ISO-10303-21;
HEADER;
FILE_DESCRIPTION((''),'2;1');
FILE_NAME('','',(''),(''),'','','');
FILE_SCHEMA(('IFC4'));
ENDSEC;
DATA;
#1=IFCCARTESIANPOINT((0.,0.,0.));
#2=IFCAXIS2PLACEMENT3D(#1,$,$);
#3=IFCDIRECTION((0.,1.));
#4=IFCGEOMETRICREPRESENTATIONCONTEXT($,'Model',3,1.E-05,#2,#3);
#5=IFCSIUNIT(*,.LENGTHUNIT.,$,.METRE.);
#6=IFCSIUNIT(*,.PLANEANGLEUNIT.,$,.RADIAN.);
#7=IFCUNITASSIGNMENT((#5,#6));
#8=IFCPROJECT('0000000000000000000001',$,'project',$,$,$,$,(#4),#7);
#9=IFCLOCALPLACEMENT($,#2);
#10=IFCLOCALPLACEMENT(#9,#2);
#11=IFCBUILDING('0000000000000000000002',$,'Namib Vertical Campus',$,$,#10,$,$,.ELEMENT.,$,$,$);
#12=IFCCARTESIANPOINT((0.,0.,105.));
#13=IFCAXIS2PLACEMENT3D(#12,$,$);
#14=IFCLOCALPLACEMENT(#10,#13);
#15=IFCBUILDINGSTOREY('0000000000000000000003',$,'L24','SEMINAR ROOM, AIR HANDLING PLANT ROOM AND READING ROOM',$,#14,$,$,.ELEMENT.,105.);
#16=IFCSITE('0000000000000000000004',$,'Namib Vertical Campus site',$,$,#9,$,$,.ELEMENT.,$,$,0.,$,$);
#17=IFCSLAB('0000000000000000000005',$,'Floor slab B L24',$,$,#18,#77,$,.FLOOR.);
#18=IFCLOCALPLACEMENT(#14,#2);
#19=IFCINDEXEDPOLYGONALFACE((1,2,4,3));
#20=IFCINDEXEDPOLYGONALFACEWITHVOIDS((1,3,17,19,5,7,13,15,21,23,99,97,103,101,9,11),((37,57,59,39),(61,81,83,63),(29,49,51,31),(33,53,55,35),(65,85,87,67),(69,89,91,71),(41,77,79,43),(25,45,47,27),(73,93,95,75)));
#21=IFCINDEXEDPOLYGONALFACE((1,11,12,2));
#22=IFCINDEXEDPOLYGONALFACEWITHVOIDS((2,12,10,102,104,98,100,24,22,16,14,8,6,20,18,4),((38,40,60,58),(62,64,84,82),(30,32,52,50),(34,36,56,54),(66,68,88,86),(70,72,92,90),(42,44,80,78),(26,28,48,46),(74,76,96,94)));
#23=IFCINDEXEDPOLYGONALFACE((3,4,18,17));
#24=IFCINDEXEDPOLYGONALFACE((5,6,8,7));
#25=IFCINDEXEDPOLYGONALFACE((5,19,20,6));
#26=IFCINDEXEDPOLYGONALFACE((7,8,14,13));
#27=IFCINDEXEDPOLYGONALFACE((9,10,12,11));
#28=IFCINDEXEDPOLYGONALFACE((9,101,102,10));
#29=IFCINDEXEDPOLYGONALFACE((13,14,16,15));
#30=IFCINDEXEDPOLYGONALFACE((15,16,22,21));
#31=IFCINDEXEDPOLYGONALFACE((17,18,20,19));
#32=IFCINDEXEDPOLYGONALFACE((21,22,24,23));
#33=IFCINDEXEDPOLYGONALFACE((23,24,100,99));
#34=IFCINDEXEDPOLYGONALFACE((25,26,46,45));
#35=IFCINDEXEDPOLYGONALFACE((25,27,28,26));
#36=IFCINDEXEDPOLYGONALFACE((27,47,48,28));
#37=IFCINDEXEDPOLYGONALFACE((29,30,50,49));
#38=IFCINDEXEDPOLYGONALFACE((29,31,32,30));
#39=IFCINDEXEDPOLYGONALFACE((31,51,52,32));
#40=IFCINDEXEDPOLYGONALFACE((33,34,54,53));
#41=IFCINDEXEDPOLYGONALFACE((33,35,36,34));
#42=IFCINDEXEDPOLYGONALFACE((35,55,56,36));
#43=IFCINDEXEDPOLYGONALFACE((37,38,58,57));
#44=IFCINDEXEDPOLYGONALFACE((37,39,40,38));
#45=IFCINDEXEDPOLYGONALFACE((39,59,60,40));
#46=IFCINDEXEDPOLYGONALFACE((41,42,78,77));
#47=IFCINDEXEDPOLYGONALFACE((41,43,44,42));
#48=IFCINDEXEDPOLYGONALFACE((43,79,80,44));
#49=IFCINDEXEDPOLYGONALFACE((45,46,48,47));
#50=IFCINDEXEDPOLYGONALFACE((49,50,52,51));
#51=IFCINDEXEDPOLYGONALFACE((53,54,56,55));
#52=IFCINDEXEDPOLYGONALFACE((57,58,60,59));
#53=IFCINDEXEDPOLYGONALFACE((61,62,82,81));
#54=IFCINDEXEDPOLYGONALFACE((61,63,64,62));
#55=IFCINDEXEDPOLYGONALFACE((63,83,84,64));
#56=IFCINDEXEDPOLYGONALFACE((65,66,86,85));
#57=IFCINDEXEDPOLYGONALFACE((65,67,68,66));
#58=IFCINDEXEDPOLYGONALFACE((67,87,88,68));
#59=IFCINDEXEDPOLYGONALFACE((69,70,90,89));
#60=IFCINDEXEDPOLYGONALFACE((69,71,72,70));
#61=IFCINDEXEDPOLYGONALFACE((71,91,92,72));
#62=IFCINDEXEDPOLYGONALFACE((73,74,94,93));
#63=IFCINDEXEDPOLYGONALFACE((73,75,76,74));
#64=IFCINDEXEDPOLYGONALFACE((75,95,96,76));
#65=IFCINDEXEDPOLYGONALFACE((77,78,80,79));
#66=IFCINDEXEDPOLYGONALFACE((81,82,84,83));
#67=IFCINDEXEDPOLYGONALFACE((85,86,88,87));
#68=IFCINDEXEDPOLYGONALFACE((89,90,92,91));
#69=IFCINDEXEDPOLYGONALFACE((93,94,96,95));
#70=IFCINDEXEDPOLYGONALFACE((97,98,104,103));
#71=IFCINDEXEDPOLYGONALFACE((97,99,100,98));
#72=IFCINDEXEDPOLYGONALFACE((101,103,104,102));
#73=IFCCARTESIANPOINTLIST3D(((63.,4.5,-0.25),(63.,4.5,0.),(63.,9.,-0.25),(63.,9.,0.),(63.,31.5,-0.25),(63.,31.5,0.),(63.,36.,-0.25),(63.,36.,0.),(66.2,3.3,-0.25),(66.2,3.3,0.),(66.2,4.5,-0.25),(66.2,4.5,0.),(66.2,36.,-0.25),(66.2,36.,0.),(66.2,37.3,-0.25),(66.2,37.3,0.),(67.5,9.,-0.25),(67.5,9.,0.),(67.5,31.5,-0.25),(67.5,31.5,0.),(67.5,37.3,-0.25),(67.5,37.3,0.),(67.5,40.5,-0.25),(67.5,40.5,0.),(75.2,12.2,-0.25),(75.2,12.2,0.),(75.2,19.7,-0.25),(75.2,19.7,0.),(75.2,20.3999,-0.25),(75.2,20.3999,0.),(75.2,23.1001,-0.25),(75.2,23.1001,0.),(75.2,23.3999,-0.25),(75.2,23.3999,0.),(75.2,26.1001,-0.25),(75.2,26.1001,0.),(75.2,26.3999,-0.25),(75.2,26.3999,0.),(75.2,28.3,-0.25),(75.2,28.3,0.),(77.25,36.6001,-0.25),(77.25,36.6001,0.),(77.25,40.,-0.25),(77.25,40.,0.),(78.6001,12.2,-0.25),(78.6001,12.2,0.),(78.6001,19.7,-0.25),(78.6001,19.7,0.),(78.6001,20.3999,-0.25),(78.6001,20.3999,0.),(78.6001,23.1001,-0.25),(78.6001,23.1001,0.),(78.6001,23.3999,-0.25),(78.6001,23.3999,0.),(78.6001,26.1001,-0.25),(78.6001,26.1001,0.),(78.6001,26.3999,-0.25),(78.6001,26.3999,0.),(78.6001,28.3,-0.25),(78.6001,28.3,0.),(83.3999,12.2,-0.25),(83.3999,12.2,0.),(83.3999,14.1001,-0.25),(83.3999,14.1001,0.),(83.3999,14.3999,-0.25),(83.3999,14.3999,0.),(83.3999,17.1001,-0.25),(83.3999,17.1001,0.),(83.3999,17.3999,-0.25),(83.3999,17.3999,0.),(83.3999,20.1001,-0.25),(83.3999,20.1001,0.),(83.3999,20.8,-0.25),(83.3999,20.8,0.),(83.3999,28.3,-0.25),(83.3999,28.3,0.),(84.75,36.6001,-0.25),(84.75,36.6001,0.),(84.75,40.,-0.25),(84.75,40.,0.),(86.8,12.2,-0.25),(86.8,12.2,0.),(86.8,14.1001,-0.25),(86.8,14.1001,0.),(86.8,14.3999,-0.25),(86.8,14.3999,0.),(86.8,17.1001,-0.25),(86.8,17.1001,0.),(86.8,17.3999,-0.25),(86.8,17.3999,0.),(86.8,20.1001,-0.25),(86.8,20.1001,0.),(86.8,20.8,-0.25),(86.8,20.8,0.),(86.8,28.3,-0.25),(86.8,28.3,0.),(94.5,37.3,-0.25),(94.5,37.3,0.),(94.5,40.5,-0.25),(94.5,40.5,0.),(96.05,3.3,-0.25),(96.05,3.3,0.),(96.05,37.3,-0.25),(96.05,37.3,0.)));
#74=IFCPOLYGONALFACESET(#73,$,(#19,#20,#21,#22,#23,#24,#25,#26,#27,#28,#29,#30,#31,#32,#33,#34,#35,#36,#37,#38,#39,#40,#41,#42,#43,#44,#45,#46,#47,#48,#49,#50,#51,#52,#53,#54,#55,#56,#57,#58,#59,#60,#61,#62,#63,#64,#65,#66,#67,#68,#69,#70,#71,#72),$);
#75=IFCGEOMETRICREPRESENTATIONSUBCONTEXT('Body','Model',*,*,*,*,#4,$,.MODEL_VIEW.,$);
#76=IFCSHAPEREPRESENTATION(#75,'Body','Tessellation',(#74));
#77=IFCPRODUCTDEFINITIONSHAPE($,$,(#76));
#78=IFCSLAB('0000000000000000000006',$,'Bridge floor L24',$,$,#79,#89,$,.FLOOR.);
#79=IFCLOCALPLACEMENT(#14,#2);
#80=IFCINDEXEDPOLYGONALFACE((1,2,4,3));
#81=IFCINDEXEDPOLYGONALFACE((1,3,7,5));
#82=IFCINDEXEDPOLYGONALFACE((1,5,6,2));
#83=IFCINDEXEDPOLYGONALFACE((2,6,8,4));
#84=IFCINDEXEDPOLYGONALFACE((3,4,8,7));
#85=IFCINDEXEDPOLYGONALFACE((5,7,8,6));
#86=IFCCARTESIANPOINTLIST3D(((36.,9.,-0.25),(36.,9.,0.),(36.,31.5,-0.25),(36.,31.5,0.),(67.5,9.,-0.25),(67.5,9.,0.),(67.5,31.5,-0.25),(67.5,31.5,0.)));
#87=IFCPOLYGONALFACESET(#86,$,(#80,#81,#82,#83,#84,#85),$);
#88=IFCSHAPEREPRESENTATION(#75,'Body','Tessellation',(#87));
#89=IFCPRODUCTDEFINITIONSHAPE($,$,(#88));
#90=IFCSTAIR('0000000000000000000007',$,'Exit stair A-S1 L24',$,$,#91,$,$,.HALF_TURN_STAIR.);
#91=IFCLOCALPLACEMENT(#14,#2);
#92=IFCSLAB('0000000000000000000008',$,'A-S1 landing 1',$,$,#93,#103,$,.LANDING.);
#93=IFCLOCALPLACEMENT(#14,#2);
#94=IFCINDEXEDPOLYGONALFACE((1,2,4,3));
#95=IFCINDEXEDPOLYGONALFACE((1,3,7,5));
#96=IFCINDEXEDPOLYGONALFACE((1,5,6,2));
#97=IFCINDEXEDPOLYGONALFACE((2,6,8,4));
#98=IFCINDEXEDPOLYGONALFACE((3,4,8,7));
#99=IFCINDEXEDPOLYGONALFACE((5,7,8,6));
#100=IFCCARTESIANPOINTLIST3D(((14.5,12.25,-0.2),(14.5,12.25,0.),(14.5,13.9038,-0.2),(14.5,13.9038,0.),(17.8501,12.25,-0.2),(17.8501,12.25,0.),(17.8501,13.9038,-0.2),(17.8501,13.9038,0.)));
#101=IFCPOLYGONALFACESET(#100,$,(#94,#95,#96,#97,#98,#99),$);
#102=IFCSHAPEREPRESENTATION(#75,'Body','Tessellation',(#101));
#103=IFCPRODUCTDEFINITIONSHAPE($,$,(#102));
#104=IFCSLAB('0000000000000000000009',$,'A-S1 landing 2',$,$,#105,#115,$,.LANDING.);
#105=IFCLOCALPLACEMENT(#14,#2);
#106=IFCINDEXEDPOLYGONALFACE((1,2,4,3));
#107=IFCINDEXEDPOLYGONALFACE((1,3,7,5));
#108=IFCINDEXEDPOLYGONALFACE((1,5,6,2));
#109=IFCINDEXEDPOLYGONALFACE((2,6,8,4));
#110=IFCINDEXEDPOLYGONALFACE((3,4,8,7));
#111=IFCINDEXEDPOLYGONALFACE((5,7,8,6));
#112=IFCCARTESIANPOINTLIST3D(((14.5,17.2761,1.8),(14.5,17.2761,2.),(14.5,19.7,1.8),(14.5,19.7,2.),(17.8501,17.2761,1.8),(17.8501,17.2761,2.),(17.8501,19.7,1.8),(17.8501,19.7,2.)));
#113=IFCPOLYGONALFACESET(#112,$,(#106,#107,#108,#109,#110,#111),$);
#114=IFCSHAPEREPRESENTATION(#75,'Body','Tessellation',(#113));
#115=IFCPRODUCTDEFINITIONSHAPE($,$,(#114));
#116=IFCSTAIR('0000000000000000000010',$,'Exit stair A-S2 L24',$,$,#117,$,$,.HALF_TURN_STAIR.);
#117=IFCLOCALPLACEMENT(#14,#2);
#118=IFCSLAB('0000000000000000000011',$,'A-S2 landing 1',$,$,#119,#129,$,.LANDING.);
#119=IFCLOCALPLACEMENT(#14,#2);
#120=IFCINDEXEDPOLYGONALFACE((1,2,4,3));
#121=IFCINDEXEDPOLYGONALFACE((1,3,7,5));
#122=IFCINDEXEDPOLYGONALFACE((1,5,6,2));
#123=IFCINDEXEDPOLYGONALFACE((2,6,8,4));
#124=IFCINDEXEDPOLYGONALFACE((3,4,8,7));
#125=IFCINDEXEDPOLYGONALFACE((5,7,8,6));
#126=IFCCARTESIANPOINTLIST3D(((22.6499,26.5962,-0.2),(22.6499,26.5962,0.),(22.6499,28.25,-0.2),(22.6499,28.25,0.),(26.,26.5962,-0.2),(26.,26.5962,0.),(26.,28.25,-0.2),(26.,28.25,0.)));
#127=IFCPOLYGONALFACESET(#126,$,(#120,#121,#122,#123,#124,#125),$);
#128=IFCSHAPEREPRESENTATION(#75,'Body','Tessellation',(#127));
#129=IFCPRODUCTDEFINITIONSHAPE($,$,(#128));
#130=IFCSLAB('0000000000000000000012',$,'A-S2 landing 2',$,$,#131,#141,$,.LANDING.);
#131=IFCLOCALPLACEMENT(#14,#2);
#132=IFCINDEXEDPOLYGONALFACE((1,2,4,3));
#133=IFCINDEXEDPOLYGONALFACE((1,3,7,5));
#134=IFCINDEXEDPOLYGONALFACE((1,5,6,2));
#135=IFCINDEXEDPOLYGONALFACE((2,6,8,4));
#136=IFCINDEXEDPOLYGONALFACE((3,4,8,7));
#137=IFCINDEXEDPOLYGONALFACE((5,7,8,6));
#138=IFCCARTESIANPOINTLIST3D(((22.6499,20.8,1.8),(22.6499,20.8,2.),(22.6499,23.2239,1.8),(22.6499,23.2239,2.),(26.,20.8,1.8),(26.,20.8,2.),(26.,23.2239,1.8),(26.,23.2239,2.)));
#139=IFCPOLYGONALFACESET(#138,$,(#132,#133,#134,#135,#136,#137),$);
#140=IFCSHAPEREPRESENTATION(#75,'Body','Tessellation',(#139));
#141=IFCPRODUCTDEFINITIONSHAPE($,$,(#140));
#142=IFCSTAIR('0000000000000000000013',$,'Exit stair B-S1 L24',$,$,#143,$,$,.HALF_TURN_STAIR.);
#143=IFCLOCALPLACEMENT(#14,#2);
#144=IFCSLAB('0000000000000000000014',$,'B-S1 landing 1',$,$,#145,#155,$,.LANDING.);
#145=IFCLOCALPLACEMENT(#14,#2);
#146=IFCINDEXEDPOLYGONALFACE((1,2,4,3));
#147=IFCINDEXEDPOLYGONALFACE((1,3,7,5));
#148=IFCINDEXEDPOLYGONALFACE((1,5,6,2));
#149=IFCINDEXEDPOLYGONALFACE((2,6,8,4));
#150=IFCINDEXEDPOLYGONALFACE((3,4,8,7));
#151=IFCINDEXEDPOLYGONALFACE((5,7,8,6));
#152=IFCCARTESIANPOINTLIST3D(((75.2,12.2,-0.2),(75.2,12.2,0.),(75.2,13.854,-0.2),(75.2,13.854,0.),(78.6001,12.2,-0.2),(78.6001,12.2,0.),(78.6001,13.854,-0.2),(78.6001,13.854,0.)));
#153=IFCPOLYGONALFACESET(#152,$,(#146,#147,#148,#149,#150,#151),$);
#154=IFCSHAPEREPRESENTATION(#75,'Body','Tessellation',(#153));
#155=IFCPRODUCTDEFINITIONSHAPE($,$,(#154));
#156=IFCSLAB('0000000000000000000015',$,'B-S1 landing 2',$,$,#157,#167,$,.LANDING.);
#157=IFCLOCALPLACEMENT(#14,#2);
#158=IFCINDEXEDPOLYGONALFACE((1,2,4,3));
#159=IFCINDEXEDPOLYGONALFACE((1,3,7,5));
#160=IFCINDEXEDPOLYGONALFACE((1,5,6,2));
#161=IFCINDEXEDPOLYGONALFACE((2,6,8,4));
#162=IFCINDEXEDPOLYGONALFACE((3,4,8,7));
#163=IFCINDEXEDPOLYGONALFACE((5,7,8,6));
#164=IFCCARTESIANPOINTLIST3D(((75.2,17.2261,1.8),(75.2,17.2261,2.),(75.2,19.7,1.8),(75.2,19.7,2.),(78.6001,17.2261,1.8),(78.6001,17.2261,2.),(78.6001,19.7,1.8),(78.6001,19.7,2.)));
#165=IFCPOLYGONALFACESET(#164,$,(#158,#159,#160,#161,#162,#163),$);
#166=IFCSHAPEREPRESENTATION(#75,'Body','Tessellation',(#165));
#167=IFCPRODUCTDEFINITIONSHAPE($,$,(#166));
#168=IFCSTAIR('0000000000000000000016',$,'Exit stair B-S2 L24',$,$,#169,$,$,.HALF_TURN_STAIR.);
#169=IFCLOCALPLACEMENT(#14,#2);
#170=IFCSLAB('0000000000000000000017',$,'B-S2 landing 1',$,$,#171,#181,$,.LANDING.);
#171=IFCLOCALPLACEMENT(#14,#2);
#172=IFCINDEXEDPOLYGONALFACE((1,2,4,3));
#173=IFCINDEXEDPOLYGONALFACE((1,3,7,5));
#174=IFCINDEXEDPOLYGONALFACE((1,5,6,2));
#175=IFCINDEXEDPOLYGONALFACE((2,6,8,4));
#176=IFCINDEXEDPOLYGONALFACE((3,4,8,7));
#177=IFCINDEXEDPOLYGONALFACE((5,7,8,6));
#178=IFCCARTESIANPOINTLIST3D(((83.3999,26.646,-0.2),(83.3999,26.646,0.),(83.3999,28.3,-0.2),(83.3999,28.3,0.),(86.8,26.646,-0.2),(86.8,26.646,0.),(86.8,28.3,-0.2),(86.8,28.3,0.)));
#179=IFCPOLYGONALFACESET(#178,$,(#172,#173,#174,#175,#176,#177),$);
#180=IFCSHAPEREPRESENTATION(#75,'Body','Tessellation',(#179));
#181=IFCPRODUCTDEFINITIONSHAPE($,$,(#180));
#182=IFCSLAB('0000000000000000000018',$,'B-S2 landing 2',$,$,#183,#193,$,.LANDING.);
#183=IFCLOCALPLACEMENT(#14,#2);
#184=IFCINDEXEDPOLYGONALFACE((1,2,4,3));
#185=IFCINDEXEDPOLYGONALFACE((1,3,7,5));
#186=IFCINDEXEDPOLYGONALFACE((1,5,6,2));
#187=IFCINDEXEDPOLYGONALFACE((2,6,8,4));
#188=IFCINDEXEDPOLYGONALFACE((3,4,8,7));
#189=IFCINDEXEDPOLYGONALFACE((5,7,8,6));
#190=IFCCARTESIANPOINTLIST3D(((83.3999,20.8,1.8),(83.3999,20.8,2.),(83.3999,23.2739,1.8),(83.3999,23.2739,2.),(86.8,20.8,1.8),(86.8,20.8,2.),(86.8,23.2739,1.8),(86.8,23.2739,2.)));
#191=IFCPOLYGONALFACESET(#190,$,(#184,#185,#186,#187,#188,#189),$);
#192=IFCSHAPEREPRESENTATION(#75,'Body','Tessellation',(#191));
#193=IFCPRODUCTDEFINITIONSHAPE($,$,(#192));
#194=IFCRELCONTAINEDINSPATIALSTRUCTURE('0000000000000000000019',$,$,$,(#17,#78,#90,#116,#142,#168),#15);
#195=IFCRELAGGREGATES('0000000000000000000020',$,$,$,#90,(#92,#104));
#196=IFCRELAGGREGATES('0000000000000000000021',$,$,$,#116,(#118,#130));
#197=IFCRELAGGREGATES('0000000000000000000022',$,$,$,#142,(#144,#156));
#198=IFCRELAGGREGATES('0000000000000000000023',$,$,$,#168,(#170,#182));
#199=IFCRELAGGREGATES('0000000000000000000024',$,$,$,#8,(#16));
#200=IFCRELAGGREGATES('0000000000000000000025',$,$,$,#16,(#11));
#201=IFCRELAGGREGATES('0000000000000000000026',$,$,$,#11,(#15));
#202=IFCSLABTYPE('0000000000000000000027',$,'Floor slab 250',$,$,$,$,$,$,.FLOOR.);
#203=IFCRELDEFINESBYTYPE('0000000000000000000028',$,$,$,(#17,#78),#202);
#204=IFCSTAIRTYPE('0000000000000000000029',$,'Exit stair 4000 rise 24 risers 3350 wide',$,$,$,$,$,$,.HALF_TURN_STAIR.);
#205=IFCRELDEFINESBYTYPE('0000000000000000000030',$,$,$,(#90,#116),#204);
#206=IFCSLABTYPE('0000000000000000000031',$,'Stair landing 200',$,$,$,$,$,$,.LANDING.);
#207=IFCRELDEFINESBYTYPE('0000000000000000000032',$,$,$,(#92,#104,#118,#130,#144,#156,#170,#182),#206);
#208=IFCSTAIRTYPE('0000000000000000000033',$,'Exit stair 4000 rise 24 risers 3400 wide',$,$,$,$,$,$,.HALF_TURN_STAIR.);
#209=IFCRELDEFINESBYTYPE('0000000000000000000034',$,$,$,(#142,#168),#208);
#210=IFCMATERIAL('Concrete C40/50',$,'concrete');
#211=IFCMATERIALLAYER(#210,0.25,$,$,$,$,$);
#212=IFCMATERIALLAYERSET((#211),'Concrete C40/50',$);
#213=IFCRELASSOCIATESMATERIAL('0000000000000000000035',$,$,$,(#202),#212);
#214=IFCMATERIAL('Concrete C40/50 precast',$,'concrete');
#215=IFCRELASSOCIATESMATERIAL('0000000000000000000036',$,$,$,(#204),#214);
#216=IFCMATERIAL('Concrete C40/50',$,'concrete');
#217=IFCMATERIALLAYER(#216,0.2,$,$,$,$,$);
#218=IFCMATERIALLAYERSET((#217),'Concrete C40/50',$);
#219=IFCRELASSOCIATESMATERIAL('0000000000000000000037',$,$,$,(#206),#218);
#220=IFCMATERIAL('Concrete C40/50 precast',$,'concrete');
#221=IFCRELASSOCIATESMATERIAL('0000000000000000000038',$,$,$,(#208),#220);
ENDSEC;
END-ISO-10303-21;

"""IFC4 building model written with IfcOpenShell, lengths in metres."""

from ifc_helpers import new_model, si_unit, direction, frame, origin, place, context, subcontext, project, spatial, polyline, outline, extrude, material, layer, layer_set, type_object, element, aggregate, save


model = new_model("IFC4")

# Units and contexts
model_context = context("Model", 3, precision=1e-05, world=origin(), true_north=direction((0.0, 1.0)))
body_context = subcontext(model_context, "Body", "Model", "MODEL_VIEW")
ifc_project = project(units=[si_unit("LENGTHUNIT", "METRE"), si_unit("PLANEANGLEUNIT", "RADIAN")], contexts=[model_context])

# Site, building, storey
site_placement = place(None, origin())
site = spatial("IfcSite", under=ifc_project, at=site_placement, Name="Namib Vertical Campus site", CompositionType="ELEMENT", RefElevation=0.0)
building_placement = place(site_placement, origin())
building = spatial("IfcBuilding", under=site, at=building_placement, Name="Namib Vertical Campus", CompositionType="ELEMENT")
storey_placement = place(building_placement, frame((0.0, 0.0, 105.0)))
storey = spatial("IfcBuildingStorey", under=building, at=storey_placement, Name="L24", Description="SEMINAR ROOM, AIR HANDLING PLANT ROOM AND READING ROOM", CompositionType="ELEMENT", Elevation=105.0)

# Slabs
ifc_material_1 = material(Name="Concrete C40/50", Category="concrete")
ifc_layer_1 = layer(ifc_material_1, 0.25)
ifc_layer_set_1 = layer_set([ifc_layer_1], Name="Concrete C40/50")
slab_type_1 = type_object("IfcSlabType", Name="Floor slab 250", PredefinedType="FLOOR", material=ifc_layer_set_1)
slab_1_placement = place(storey_placement, frame((0.0, 0.0, -0.25)))
element("IfcSlab", 1, at=slab_1_placement, inside=storey, type_object=slab_type_1, Name="Floor slab B L24", PredefinedType="FLOOR", context=body_context, shape_type="SweptSolid", body=[
    extrude(outline(polyline([(63.0, 9.0), (63.0, 4.5), (66.2, 4.5), (66.2, 3.3), (96.05, 3.3), (96.05, 37.3), (94.5, 37.3), (94.5, 40.5), (67.5, 40.5), (67.5, 37.3), (66.2, 37.3), (66.2, 36.0), (63.0, 36.0), (63.0, 31.5), (67.5, 31.5), (67.5, 9.0), (63.0, 9.0)]), holes=[polyline([(75.2, 12.2), (78.6001, 12.2), (78.6001, 19.7), (75.2, 19.7), (75.2, 12.2)]), polyline([(83.3999, 20.8), (86.8, 20.8), (86.8, 28.3), (83.3999, 28.3), (83.3999, 20.8)]), polyline([(83.3999, 12.2), (86.8, 12.2), (86.8, 14.1001), (83.3999, 14.1001), (83.3999, 12.2)]), polyline([(75.2, 20.3999), (78.6001, 20.3999), (78.6001, 23.1001), (75.2, 23.1001), (75.2, 20.3999)]), polyline([(75.2, 23.3999), (78.6001, 23.3999), (78.6001, 26.1001), (75.2, 26.1001), (75.2, 23.3999)]), polyline([(75.2, 26.3999), (78.6001, 26.3999), (78.6001, 28.3), (75.2, 28.3), (75.2, 26.3999)]), polyline([(83.3999, 14.3999), (86.8, 14.3999), (86.8, 17.1001), (83.3999, 17.1001), (83.3999, 14.3999)]), polyline([(83.3999, 17.3999), (86.8, 17.3999), (86.8, 20.1001), (83.3999, 20.1001), (83.3999, 17.3999)]), polyline([(77.25, 36.6001), (84.75, 36.6001), (84.75, 40.0), (77.25, 40.0), (77.25, 36.6001)])]), origin(), (0.0, 0.0, 1.0), 0.25),
])
slab_2_placement = place(storey_placement, frame((0.0, 0.0, -0.25)))
element("IfcSlab", 2, at=slab_2_placement, inside=storey, type_object=slab_type_1, Name="Bridge floor L24", PredefinedType="FLOOR", context=body_context, shape_type="SweptSolid", body=[
    extrude(outline(polyline([(36.0, 9.0), (67.5, 9.0), (67.5, 31.5), (36.0, 31.5), (36.0, 9.0)])), origin(), (0.0, 0.0, 1.0), 0.25),
])

# Stairs, slabs
ifc_material_2 = material(Name="Concrete C40/50 precast", Category="concrete")
stair_type_1 = type_object("IfcStairType", Name="Exit stair 4000 rise 24 risers 3350 wide", PredefinedType="HALF_TURN_STAIR", material=ifc_material_2)
stair_1_placement = place(storey_placement, origin())
stair_1 = element("IfcStair", 3, at=stair_1_placement, inside=storey, type_object=stair_type_1, Name="Exit stair A-S1 L24", PredefinedType="HALF_TURN_STAIR")
ifc_material_3 = material(Name="Concrete C40/50", Category="concrete")
ifc_layer_2 = layer(ifc_material_3, 0.2)
ifc_layer_set_2 = layer_set([ifc_layer_2], Name="Concrete C40/50")
slab_type_2 = type_object("IfcSlabType", Name="Stair landing 200", PredefinedType="LANDING", material=ifc_layer_set_2)
slab_3_placement = place(storey_placement, frame((0.0, 0.0, -0.2)))
slab_3 = element("IfcSlab", 4, at=slab_3_placement, type_object=slab_type_2, Name="A-S1 landing 1", PredefinedType="LANDING", context=body_context, shape_type="SweptSolid", body=[
    extrude(outline(polyline([(14.5, 12.25), (17.8501, 12.25), (17.8501, 13.9038), (14.5, 13.9038), (14.5, 12.25)])), origin(), (0.0, 0.0, 1.0), 0.2),
])
slab_4_placement = place(storey_placement, frame((0.0, 0.0, 1.8)))
slab_4 = element("IfcSlab", 5, at=slab_4_placement, type_object=slab_type_2, Name="A-S1 landing 2", PredefinedType="LANDING", context=body_context, shape_type="SweptSolid", body=[
    extrude(outline(polyline([(14.5, 17.2761), (17.8501, 17.2761), (17.8501, 19.7), (14.5, 19.7), (14.5, 17.2761)])), origin(), (0.0, 0.0, 1.0), 0.2),
])
aggregate(stair_1, [slab_3, slab_4])
stair_2_placement = place(storey_placement, origin())
stair_2 = element("IfcStair", 6, at=stair_2_placement, inside=storey, type_object=stair_type_1, Name="Exit stair A-S2 L24", PredefinedType="HALF_TURN_STAIR")
slab_5_placement = place(storey_placement, frame((0.0, 0.0, -0.2)))
slab_5 = element("IfcSlab", 7, at=slab_5_placement, type_object=slab_type_2, Name="A-S2 landing 1", PredefinedType="LANDING", context=body_context, shape_type="SweptSolid", body=[
    extrude(outline(polyline([(22.6499, 26.5962), (26.0, 26.5962), (26.0, 28.25), (22.6499, 28.25), (22.6499, 26.5962)])), origin(), (0.0, 0.0, 1.0), 0.2),
])
slab_6_placement = place(storey_placement, frame((0.0, 0.0, 1.8)))
slab_6 = element("IfcSlab", 8, at=slab_6_placement, type_object=slab_type_2, Name="A-S2 landing 2", PredefinedType="LANDING", context=body_context, shape_type="SweptSolid", body=[
    extrude(outline(polyline([(22.6499, 20.8), (26.0, 20.8), (26.0, 23.2239), (22.6499, 23.2239), (22.6499, 20.8)])), origin(), (0.0, 0.0, 1.0), 0.2),
])
aggregate(stair_2, [slab_5, slab_6])
ifc_material_4 = material(Name="Concrete C40/50 precast", Category="concrete")
stair_type_2 = type_object("IfcStairType", Name="Exit stair 4000 rise 24 risers 3400 wide", PredefinedType="HALF_TURN_STAIR", material=ifc_material_4)
stair_3_placement = place(storey_placement, origin())
stair_3 = element("IfcStair", 9, at=stair_3_placement, inside=storey, type_object=stair_type_2, Name="Exit stair B-S1 L24", PredefinedType="HALF_TURN_STAIR")
slab_7_placement = place(storey_placement, frame((0.0, 0.0, -0.2)))
slab_7 = element("IfcSlab", 10, at=slab_7_placement, type_object=slab_type_2, Name="B-S1 landing 1", PredefinedType="LANDING", context=body_context, shape_type="SweptSolid", body=[
    extrude(outline(polyline([(75.2, 12.2), (78.6001, 12.2), (78.6001, 13.854), (75.2, 13.854), (75.2, 12.2)])), origin(), (0.0, 0.0, 1.0), 0.2),
])
slab_8_placement = place(storey_placement, frame((0.0, 0.0, 1.8)))
slab_8 = element("IfcSlab", 11, at=slab_8_placement, type_object=slab_type_2, Name="B-S1 landing 2", PredefinedType="LANDING", context=body_context, shape_type="SweptSolid", body=[
    extrude(outline(polyline([(75.2, 17.2261), (78.6001, 17.2261), (78.6001, 19.7), (75.2, 19.7), (75.2, 17.2261)])), origin(), (0.0, 0.0, 1.0), 0.2),
])
aggregate(stair_3, [slab_7, slab_8])
stair_4_placement = place(storey_placement, origin())
stair_4 = element("IfcStair", 12, at=stair_4_placement, inside=storey, type_object=stair_type_2, Name="Exit stair B-S2 L24", PredefinedType="HALF_TURN_STAIR")
slab_9_placement = place(storey_placement, frame((0.0, 0.0, -0.2)))
slab_9 = element("IfcSlab", 13, at=slab_9_placement, type_object=slab_type_2, Name="B-S2 landing 1", PredefinedType="LANDING", context=body_context, shape_type="SweptSolid", body=[
    extrude(outline(polyline([(83.3999, 26.646), (86.8, 26.646), (86.8, 28.3), (83.3999, 28.3), (83.3999, 26.646)])), origin(), (0.0, 0.0, 1.0), 0.2),
])
slab_10_placement = place(storey_placement, frame((0.0, 0.0, 1.8)))
slab_10 = element("IfcSlab", 14, at=slab_10_placement, type_object=slab_type_2, Name="B-S2 landing 2", PredefinedType="LANDING", context=body_context, shape_type="SweptSolid", body=[
    extrude(outline(polyline([(83.3999, 20.8), (86.8, 20.8), (86.8, 23.2739), (83.3999, 23.2739), (83.3999, 20.8)])), origin(), (0.0, 0.0, 1.0), 0.2),
])
aggregate(stair_4, [slab_9, slab_10])

save(model, "model.ifc")
